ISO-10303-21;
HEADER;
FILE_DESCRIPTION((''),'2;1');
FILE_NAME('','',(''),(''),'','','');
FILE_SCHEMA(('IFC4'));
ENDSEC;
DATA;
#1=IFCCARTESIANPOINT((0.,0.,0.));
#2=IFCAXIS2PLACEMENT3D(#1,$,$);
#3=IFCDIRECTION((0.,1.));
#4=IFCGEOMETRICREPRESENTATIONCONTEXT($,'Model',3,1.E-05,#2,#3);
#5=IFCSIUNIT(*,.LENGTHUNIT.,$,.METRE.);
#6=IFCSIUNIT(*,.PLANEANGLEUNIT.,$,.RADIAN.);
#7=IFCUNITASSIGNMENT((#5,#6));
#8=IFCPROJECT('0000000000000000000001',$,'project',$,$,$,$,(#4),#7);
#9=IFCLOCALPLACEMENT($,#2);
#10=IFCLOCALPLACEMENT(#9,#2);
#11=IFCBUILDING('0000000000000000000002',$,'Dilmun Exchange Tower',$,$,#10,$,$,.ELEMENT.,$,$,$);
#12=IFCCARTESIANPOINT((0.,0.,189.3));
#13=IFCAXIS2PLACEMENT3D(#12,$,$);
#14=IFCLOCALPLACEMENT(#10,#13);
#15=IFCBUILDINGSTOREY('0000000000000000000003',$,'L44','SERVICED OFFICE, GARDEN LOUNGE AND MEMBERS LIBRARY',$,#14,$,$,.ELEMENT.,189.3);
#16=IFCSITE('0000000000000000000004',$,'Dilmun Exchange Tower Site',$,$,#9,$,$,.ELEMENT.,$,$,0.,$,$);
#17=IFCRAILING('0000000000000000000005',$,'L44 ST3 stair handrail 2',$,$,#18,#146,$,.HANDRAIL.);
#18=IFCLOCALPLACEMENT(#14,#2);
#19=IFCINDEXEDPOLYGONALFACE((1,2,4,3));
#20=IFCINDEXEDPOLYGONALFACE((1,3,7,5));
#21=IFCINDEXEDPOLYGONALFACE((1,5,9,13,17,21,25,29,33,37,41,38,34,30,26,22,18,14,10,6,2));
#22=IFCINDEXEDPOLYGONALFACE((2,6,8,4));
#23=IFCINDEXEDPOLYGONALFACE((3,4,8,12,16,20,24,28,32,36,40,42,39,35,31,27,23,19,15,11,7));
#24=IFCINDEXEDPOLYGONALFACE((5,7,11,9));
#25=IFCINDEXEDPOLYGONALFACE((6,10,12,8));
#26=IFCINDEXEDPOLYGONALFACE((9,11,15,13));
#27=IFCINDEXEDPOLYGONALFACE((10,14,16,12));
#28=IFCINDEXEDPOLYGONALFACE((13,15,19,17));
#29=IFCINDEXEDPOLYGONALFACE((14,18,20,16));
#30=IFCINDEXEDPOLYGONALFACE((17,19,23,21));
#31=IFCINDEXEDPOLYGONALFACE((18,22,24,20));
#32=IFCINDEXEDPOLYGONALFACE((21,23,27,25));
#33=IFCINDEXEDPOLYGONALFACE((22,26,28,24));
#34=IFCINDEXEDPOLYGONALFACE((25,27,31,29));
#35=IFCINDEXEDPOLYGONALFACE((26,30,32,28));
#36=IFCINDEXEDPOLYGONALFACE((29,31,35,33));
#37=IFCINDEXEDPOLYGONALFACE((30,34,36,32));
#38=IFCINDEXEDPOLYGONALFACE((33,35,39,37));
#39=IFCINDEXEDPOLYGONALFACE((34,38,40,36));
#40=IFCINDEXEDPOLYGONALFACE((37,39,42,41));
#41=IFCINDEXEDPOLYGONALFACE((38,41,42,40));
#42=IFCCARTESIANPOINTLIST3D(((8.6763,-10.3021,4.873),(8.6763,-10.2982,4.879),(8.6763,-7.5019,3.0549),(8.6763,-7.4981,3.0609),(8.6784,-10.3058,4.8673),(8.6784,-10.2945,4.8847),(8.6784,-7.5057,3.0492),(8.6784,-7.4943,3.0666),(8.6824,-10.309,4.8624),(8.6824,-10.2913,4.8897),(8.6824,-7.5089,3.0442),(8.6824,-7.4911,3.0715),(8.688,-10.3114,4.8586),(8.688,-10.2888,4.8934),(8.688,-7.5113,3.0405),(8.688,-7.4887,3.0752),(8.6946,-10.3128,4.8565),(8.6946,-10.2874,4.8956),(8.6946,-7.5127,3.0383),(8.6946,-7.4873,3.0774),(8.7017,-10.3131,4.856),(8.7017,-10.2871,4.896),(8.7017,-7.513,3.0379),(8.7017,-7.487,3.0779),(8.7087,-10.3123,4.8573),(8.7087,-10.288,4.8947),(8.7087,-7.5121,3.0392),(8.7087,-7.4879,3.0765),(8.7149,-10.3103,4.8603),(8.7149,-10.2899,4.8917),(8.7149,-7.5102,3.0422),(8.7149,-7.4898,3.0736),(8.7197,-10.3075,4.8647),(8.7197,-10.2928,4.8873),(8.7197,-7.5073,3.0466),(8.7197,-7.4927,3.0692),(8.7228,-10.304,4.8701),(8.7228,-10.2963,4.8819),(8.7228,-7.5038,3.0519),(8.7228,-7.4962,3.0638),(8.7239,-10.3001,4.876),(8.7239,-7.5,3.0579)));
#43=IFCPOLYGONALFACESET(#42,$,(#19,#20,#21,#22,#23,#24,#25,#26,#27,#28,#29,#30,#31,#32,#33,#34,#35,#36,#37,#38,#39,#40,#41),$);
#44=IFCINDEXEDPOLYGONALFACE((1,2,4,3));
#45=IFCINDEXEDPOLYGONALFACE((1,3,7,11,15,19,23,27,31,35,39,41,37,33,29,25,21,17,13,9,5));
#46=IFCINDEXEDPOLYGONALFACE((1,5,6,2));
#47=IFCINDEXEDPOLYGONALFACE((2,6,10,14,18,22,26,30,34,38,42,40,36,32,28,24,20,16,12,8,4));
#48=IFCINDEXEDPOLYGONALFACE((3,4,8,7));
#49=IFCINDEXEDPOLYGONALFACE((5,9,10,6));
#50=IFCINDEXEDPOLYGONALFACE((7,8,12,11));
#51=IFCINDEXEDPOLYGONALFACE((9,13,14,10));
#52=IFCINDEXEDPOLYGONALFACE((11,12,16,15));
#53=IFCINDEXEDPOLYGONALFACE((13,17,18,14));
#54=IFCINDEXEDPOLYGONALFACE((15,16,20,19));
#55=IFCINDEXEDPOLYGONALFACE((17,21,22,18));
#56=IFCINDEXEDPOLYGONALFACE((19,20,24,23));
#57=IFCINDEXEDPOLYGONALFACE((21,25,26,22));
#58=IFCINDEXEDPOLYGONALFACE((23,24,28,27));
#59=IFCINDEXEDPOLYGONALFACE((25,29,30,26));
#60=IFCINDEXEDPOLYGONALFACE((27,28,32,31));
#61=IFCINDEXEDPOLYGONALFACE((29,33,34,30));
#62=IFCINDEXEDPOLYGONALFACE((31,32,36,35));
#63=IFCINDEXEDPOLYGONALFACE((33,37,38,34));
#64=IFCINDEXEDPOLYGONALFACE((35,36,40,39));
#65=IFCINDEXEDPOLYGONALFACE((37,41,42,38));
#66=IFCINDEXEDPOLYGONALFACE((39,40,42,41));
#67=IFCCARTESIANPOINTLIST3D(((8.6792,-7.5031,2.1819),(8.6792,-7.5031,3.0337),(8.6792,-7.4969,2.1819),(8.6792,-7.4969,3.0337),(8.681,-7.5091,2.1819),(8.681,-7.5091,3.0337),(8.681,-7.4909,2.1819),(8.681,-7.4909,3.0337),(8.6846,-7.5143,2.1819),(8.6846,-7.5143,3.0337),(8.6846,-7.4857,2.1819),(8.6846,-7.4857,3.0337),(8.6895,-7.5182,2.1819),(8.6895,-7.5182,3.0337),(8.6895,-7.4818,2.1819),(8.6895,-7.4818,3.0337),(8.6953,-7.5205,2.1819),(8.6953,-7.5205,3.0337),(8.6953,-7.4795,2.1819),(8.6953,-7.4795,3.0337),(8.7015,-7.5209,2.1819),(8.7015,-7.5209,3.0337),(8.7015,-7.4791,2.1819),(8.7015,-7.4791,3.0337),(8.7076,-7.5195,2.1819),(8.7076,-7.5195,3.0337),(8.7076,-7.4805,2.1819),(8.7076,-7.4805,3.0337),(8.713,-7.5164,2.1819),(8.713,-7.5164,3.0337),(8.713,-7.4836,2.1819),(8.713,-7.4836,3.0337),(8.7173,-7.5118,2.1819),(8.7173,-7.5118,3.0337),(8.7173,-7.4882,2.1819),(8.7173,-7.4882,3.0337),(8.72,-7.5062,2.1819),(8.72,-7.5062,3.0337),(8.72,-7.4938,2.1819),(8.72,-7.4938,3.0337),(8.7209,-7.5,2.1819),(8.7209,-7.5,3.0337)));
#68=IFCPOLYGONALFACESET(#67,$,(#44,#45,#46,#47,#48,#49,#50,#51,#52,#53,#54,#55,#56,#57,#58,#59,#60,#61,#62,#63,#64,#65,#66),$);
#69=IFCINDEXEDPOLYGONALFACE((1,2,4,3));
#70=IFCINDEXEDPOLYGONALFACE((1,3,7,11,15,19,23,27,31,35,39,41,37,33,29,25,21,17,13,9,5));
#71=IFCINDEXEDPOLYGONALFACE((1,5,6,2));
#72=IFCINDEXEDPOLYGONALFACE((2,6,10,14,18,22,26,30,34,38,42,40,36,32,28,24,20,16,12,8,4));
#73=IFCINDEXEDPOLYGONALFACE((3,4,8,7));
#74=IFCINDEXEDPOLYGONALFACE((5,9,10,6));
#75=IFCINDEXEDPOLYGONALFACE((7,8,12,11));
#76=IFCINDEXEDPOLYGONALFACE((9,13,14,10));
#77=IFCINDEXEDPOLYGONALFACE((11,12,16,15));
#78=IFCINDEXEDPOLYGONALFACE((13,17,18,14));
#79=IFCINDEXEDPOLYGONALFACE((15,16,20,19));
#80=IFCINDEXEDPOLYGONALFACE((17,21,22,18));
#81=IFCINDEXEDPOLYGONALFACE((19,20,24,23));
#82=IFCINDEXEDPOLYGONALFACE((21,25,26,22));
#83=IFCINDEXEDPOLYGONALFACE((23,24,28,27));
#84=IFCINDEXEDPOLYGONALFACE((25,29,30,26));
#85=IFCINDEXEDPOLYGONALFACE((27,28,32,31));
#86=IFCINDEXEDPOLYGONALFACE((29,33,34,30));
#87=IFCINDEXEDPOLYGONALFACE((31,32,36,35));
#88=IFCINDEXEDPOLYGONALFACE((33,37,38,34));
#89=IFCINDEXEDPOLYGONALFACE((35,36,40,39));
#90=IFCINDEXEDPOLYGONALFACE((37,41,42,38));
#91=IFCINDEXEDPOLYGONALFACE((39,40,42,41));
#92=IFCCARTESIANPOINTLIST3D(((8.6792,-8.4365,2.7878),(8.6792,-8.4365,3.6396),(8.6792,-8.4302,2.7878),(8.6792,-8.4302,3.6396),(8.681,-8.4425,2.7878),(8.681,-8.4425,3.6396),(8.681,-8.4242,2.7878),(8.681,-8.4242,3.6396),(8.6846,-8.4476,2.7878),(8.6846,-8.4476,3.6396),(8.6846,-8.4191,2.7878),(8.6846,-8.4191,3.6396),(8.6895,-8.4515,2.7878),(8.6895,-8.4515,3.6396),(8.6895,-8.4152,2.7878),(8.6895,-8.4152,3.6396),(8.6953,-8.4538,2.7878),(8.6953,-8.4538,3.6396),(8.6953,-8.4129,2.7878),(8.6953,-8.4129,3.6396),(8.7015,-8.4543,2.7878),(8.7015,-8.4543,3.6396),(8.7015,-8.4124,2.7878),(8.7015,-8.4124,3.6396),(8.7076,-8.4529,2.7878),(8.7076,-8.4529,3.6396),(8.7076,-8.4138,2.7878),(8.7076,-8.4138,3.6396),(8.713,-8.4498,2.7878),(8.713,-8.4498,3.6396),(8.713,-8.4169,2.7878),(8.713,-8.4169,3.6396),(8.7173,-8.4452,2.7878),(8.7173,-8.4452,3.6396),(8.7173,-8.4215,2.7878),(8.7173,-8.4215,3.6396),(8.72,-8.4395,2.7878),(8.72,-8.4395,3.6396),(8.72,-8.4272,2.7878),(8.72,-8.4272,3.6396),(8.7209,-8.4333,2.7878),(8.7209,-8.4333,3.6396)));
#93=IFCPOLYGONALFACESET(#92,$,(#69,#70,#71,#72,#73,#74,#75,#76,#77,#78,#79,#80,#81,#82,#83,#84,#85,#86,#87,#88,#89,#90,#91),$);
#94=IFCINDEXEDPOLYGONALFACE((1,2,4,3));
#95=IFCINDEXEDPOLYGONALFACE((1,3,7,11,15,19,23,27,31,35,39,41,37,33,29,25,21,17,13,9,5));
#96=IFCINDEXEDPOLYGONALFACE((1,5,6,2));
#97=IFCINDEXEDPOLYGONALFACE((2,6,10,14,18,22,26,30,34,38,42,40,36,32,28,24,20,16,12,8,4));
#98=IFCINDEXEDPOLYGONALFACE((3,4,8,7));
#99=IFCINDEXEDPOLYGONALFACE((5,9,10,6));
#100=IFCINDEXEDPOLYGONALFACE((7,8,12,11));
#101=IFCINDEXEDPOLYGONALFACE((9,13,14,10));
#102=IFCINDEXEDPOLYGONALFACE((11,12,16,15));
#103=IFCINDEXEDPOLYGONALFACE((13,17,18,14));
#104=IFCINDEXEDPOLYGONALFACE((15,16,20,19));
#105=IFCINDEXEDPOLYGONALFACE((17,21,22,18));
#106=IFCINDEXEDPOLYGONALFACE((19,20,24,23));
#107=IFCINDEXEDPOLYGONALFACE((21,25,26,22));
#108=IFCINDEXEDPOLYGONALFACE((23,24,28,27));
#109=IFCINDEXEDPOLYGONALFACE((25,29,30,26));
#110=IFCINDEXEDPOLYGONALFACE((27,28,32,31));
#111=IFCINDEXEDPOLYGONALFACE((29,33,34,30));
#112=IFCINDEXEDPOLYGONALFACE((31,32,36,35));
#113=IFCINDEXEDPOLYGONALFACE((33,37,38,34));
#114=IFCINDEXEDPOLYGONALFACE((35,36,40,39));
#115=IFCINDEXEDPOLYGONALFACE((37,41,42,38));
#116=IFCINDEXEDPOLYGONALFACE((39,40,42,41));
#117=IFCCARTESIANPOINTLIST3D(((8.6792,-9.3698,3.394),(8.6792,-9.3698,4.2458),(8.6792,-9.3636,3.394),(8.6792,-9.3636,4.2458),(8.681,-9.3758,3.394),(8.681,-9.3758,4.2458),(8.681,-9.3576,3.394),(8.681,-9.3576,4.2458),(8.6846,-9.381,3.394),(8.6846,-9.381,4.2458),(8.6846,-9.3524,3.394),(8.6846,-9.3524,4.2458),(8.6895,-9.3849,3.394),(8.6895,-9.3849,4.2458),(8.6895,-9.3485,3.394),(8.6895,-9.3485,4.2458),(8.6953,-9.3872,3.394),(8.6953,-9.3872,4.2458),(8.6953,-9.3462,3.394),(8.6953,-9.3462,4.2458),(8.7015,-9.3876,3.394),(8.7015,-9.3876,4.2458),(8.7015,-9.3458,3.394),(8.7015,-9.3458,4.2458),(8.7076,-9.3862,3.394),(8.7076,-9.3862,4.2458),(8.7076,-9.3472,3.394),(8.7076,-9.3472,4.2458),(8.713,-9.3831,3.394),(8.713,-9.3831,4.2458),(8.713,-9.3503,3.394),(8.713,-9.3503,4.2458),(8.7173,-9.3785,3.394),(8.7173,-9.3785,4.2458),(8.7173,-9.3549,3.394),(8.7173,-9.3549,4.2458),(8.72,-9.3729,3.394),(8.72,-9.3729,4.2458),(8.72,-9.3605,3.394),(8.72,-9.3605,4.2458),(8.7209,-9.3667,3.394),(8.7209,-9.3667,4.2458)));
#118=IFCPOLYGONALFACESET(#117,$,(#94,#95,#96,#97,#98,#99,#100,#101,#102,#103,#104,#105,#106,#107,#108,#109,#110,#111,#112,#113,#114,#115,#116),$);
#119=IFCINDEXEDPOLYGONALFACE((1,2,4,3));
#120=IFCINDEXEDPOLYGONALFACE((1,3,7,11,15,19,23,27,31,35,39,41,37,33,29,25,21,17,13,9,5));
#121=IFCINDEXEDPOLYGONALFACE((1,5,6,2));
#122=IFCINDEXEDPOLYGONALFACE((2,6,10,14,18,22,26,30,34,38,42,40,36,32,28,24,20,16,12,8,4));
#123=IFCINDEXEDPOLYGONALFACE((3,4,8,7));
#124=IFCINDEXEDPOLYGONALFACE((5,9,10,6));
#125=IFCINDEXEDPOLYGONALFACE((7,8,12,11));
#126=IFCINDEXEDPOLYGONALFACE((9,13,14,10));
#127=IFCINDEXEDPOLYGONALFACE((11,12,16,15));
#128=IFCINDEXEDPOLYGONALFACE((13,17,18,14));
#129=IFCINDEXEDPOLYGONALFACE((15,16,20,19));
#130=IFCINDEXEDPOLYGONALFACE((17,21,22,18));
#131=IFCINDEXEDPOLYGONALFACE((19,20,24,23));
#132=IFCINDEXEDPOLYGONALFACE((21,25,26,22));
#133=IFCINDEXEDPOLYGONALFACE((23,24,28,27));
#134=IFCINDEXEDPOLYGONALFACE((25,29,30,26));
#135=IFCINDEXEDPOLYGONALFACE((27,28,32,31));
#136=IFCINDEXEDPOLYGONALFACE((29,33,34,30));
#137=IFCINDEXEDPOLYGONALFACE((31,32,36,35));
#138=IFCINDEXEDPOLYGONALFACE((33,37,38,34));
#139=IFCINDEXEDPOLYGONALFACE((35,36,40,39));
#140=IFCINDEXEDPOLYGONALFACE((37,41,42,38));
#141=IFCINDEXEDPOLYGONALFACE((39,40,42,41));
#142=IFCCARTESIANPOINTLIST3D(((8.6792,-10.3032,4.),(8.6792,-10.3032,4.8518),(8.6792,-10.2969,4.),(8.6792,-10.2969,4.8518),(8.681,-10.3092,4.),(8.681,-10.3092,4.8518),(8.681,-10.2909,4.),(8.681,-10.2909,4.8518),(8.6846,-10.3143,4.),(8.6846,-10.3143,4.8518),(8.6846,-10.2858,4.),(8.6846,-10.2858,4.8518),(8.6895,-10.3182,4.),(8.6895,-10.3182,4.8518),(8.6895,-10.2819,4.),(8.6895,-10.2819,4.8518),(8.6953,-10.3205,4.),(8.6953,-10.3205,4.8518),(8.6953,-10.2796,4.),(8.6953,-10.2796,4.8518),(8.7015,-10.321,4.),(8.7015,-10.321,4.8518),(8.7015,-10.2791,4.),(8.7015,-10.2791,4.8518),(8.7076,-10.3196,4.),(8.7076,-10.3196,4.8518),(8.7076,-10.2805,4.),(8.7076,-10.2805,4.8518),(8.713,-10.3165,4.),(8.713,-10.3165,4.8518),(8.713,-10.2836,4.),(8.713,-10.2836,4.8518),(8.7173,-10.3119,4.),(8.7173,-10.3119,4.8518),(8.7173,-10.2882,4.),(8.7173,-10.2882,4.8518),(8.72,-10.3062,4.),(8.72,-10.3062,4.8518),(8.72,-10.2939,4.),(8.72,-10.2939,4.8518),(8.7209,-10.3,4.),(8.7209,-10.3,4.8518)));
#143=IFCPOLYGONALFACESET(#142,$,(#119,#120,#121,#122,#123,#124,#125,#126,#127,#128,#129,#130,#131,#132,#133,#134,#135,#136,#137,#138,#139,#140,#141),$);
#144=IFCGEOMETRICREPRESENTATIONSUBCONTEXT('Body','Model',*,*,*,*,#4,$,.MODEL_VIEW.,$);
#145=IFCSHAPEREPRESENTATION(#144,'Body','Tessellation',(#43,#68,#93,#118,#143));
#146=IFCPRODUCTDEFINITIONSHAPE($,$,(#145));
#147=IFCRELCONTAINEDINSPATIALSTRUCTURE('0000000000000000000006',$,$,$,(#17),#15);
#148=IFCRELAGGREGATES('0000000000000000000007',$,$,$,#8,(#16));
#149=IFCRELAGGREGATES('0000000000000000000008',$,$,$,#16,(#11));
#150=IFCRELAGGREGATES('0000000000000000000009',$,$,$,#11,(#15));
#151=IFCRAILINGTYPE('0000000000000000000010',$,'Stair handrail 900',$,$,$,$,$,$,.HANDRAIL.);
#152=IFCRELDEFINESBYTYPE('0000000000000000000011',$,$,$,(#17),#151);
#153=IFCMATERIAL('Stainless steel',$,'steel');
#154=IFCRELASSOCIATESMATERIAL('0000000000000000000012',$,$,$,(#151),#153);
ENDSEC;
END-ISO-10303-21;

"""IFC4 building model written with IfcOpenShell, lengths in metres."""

from ifc_helpers import new_model, si_unit, direction, frame, origin, origin_2d, place, context, subcontext, project, spatial, circle, extrude, material, type_object, element, save


model = new_model("IFC4")

# Units and contexts
model_context = context("Model", 3, precision=1e-05, world=origin(), true_north=direction((0.0, 1.0)))
body_context = subcontext(model_context, "Body", "Model", "MODEL_VIEW")
ifc_project = project(units=[si_unit("LENGTHUNIT", "METRE"), si_unit("PLANEANGLEUNIT", "RADIAN")], contexts=[model_context])

# Site, building, storey
site_placement = place(None, origin())
site = spatial("IfcSite", under=ifc_project, at=site_placement, Name="Dilmun Exchange Tower Site", CompositionType="ELEMENT", RefElevation=0.0)
building_placement = place(site_placement, origin())
building = spatial("IfcBuilding", under=site, at=building_placement, Name="Dilmun Exchange Tower", CompositionType="ELEMENT")
storey_placement = place(building_placement, frame((0.0, 0.0, 189.3)))
storey = spatial("IfcBuildingStorey", under=building, at=storey_placement, Name="L44", Description="SERVICED OFFICE, GARDEN LOUNGE AND MEMBERS LIBRARY", CompositionType="ELEMENT", Elevation=189.3)

# Railing
ifc_material_1 = material(Name="Stainless steel", Category="steel")
railing_type = type_object("IfcRailingType", Name="Stair handrail 900", PredefinedType="HANDRAIL", material=ifc_material_1)
railing_placement = place(storey_placement, frame((8.7, -7.5, 2.1819)))
element("IfcRailing", 1, at=railing_placement, inside=storey, type_object=railing_type, Name="L44 ST3 stair handrail 2", PredefinedType="HANDRAIL", context=body_context, shape_type="SweptSolid", body=[
    extrude(circle(Radius=0.0239, at=origin_2d()), frame((0.0, 0.0, 0.876), z_axis=(0.0, -0.838706, 0.544585), x_axis=(1.0, 0.0, 0.0)), (0.0, 0.0, 1.0), 3.3386),
    extrude(circle(Radius=0.021, at=origin_2d()), origin(), (0.0, 0.0, 1.0), 0.8518),
    extrude(circle(Radius=0.021, at=origin_2d()), frame((0.0, -0.9333, 0.606)), (0.0, 0.0, 1.0), 0.8518),
    extrude(circle(Radius=0.021, at=origin_2d()), frame((0.0, -1.8667, 1.2122)), (0.0, 0.0, 1.0), 0.8518),
    extrude(circle(Radius=0.021, at=origin_2d()), frame((0.0, -2.8, 1.8181)), (0.0, 0.0, 1.0), 0.8518),
])

save(model, "model.ifc")
